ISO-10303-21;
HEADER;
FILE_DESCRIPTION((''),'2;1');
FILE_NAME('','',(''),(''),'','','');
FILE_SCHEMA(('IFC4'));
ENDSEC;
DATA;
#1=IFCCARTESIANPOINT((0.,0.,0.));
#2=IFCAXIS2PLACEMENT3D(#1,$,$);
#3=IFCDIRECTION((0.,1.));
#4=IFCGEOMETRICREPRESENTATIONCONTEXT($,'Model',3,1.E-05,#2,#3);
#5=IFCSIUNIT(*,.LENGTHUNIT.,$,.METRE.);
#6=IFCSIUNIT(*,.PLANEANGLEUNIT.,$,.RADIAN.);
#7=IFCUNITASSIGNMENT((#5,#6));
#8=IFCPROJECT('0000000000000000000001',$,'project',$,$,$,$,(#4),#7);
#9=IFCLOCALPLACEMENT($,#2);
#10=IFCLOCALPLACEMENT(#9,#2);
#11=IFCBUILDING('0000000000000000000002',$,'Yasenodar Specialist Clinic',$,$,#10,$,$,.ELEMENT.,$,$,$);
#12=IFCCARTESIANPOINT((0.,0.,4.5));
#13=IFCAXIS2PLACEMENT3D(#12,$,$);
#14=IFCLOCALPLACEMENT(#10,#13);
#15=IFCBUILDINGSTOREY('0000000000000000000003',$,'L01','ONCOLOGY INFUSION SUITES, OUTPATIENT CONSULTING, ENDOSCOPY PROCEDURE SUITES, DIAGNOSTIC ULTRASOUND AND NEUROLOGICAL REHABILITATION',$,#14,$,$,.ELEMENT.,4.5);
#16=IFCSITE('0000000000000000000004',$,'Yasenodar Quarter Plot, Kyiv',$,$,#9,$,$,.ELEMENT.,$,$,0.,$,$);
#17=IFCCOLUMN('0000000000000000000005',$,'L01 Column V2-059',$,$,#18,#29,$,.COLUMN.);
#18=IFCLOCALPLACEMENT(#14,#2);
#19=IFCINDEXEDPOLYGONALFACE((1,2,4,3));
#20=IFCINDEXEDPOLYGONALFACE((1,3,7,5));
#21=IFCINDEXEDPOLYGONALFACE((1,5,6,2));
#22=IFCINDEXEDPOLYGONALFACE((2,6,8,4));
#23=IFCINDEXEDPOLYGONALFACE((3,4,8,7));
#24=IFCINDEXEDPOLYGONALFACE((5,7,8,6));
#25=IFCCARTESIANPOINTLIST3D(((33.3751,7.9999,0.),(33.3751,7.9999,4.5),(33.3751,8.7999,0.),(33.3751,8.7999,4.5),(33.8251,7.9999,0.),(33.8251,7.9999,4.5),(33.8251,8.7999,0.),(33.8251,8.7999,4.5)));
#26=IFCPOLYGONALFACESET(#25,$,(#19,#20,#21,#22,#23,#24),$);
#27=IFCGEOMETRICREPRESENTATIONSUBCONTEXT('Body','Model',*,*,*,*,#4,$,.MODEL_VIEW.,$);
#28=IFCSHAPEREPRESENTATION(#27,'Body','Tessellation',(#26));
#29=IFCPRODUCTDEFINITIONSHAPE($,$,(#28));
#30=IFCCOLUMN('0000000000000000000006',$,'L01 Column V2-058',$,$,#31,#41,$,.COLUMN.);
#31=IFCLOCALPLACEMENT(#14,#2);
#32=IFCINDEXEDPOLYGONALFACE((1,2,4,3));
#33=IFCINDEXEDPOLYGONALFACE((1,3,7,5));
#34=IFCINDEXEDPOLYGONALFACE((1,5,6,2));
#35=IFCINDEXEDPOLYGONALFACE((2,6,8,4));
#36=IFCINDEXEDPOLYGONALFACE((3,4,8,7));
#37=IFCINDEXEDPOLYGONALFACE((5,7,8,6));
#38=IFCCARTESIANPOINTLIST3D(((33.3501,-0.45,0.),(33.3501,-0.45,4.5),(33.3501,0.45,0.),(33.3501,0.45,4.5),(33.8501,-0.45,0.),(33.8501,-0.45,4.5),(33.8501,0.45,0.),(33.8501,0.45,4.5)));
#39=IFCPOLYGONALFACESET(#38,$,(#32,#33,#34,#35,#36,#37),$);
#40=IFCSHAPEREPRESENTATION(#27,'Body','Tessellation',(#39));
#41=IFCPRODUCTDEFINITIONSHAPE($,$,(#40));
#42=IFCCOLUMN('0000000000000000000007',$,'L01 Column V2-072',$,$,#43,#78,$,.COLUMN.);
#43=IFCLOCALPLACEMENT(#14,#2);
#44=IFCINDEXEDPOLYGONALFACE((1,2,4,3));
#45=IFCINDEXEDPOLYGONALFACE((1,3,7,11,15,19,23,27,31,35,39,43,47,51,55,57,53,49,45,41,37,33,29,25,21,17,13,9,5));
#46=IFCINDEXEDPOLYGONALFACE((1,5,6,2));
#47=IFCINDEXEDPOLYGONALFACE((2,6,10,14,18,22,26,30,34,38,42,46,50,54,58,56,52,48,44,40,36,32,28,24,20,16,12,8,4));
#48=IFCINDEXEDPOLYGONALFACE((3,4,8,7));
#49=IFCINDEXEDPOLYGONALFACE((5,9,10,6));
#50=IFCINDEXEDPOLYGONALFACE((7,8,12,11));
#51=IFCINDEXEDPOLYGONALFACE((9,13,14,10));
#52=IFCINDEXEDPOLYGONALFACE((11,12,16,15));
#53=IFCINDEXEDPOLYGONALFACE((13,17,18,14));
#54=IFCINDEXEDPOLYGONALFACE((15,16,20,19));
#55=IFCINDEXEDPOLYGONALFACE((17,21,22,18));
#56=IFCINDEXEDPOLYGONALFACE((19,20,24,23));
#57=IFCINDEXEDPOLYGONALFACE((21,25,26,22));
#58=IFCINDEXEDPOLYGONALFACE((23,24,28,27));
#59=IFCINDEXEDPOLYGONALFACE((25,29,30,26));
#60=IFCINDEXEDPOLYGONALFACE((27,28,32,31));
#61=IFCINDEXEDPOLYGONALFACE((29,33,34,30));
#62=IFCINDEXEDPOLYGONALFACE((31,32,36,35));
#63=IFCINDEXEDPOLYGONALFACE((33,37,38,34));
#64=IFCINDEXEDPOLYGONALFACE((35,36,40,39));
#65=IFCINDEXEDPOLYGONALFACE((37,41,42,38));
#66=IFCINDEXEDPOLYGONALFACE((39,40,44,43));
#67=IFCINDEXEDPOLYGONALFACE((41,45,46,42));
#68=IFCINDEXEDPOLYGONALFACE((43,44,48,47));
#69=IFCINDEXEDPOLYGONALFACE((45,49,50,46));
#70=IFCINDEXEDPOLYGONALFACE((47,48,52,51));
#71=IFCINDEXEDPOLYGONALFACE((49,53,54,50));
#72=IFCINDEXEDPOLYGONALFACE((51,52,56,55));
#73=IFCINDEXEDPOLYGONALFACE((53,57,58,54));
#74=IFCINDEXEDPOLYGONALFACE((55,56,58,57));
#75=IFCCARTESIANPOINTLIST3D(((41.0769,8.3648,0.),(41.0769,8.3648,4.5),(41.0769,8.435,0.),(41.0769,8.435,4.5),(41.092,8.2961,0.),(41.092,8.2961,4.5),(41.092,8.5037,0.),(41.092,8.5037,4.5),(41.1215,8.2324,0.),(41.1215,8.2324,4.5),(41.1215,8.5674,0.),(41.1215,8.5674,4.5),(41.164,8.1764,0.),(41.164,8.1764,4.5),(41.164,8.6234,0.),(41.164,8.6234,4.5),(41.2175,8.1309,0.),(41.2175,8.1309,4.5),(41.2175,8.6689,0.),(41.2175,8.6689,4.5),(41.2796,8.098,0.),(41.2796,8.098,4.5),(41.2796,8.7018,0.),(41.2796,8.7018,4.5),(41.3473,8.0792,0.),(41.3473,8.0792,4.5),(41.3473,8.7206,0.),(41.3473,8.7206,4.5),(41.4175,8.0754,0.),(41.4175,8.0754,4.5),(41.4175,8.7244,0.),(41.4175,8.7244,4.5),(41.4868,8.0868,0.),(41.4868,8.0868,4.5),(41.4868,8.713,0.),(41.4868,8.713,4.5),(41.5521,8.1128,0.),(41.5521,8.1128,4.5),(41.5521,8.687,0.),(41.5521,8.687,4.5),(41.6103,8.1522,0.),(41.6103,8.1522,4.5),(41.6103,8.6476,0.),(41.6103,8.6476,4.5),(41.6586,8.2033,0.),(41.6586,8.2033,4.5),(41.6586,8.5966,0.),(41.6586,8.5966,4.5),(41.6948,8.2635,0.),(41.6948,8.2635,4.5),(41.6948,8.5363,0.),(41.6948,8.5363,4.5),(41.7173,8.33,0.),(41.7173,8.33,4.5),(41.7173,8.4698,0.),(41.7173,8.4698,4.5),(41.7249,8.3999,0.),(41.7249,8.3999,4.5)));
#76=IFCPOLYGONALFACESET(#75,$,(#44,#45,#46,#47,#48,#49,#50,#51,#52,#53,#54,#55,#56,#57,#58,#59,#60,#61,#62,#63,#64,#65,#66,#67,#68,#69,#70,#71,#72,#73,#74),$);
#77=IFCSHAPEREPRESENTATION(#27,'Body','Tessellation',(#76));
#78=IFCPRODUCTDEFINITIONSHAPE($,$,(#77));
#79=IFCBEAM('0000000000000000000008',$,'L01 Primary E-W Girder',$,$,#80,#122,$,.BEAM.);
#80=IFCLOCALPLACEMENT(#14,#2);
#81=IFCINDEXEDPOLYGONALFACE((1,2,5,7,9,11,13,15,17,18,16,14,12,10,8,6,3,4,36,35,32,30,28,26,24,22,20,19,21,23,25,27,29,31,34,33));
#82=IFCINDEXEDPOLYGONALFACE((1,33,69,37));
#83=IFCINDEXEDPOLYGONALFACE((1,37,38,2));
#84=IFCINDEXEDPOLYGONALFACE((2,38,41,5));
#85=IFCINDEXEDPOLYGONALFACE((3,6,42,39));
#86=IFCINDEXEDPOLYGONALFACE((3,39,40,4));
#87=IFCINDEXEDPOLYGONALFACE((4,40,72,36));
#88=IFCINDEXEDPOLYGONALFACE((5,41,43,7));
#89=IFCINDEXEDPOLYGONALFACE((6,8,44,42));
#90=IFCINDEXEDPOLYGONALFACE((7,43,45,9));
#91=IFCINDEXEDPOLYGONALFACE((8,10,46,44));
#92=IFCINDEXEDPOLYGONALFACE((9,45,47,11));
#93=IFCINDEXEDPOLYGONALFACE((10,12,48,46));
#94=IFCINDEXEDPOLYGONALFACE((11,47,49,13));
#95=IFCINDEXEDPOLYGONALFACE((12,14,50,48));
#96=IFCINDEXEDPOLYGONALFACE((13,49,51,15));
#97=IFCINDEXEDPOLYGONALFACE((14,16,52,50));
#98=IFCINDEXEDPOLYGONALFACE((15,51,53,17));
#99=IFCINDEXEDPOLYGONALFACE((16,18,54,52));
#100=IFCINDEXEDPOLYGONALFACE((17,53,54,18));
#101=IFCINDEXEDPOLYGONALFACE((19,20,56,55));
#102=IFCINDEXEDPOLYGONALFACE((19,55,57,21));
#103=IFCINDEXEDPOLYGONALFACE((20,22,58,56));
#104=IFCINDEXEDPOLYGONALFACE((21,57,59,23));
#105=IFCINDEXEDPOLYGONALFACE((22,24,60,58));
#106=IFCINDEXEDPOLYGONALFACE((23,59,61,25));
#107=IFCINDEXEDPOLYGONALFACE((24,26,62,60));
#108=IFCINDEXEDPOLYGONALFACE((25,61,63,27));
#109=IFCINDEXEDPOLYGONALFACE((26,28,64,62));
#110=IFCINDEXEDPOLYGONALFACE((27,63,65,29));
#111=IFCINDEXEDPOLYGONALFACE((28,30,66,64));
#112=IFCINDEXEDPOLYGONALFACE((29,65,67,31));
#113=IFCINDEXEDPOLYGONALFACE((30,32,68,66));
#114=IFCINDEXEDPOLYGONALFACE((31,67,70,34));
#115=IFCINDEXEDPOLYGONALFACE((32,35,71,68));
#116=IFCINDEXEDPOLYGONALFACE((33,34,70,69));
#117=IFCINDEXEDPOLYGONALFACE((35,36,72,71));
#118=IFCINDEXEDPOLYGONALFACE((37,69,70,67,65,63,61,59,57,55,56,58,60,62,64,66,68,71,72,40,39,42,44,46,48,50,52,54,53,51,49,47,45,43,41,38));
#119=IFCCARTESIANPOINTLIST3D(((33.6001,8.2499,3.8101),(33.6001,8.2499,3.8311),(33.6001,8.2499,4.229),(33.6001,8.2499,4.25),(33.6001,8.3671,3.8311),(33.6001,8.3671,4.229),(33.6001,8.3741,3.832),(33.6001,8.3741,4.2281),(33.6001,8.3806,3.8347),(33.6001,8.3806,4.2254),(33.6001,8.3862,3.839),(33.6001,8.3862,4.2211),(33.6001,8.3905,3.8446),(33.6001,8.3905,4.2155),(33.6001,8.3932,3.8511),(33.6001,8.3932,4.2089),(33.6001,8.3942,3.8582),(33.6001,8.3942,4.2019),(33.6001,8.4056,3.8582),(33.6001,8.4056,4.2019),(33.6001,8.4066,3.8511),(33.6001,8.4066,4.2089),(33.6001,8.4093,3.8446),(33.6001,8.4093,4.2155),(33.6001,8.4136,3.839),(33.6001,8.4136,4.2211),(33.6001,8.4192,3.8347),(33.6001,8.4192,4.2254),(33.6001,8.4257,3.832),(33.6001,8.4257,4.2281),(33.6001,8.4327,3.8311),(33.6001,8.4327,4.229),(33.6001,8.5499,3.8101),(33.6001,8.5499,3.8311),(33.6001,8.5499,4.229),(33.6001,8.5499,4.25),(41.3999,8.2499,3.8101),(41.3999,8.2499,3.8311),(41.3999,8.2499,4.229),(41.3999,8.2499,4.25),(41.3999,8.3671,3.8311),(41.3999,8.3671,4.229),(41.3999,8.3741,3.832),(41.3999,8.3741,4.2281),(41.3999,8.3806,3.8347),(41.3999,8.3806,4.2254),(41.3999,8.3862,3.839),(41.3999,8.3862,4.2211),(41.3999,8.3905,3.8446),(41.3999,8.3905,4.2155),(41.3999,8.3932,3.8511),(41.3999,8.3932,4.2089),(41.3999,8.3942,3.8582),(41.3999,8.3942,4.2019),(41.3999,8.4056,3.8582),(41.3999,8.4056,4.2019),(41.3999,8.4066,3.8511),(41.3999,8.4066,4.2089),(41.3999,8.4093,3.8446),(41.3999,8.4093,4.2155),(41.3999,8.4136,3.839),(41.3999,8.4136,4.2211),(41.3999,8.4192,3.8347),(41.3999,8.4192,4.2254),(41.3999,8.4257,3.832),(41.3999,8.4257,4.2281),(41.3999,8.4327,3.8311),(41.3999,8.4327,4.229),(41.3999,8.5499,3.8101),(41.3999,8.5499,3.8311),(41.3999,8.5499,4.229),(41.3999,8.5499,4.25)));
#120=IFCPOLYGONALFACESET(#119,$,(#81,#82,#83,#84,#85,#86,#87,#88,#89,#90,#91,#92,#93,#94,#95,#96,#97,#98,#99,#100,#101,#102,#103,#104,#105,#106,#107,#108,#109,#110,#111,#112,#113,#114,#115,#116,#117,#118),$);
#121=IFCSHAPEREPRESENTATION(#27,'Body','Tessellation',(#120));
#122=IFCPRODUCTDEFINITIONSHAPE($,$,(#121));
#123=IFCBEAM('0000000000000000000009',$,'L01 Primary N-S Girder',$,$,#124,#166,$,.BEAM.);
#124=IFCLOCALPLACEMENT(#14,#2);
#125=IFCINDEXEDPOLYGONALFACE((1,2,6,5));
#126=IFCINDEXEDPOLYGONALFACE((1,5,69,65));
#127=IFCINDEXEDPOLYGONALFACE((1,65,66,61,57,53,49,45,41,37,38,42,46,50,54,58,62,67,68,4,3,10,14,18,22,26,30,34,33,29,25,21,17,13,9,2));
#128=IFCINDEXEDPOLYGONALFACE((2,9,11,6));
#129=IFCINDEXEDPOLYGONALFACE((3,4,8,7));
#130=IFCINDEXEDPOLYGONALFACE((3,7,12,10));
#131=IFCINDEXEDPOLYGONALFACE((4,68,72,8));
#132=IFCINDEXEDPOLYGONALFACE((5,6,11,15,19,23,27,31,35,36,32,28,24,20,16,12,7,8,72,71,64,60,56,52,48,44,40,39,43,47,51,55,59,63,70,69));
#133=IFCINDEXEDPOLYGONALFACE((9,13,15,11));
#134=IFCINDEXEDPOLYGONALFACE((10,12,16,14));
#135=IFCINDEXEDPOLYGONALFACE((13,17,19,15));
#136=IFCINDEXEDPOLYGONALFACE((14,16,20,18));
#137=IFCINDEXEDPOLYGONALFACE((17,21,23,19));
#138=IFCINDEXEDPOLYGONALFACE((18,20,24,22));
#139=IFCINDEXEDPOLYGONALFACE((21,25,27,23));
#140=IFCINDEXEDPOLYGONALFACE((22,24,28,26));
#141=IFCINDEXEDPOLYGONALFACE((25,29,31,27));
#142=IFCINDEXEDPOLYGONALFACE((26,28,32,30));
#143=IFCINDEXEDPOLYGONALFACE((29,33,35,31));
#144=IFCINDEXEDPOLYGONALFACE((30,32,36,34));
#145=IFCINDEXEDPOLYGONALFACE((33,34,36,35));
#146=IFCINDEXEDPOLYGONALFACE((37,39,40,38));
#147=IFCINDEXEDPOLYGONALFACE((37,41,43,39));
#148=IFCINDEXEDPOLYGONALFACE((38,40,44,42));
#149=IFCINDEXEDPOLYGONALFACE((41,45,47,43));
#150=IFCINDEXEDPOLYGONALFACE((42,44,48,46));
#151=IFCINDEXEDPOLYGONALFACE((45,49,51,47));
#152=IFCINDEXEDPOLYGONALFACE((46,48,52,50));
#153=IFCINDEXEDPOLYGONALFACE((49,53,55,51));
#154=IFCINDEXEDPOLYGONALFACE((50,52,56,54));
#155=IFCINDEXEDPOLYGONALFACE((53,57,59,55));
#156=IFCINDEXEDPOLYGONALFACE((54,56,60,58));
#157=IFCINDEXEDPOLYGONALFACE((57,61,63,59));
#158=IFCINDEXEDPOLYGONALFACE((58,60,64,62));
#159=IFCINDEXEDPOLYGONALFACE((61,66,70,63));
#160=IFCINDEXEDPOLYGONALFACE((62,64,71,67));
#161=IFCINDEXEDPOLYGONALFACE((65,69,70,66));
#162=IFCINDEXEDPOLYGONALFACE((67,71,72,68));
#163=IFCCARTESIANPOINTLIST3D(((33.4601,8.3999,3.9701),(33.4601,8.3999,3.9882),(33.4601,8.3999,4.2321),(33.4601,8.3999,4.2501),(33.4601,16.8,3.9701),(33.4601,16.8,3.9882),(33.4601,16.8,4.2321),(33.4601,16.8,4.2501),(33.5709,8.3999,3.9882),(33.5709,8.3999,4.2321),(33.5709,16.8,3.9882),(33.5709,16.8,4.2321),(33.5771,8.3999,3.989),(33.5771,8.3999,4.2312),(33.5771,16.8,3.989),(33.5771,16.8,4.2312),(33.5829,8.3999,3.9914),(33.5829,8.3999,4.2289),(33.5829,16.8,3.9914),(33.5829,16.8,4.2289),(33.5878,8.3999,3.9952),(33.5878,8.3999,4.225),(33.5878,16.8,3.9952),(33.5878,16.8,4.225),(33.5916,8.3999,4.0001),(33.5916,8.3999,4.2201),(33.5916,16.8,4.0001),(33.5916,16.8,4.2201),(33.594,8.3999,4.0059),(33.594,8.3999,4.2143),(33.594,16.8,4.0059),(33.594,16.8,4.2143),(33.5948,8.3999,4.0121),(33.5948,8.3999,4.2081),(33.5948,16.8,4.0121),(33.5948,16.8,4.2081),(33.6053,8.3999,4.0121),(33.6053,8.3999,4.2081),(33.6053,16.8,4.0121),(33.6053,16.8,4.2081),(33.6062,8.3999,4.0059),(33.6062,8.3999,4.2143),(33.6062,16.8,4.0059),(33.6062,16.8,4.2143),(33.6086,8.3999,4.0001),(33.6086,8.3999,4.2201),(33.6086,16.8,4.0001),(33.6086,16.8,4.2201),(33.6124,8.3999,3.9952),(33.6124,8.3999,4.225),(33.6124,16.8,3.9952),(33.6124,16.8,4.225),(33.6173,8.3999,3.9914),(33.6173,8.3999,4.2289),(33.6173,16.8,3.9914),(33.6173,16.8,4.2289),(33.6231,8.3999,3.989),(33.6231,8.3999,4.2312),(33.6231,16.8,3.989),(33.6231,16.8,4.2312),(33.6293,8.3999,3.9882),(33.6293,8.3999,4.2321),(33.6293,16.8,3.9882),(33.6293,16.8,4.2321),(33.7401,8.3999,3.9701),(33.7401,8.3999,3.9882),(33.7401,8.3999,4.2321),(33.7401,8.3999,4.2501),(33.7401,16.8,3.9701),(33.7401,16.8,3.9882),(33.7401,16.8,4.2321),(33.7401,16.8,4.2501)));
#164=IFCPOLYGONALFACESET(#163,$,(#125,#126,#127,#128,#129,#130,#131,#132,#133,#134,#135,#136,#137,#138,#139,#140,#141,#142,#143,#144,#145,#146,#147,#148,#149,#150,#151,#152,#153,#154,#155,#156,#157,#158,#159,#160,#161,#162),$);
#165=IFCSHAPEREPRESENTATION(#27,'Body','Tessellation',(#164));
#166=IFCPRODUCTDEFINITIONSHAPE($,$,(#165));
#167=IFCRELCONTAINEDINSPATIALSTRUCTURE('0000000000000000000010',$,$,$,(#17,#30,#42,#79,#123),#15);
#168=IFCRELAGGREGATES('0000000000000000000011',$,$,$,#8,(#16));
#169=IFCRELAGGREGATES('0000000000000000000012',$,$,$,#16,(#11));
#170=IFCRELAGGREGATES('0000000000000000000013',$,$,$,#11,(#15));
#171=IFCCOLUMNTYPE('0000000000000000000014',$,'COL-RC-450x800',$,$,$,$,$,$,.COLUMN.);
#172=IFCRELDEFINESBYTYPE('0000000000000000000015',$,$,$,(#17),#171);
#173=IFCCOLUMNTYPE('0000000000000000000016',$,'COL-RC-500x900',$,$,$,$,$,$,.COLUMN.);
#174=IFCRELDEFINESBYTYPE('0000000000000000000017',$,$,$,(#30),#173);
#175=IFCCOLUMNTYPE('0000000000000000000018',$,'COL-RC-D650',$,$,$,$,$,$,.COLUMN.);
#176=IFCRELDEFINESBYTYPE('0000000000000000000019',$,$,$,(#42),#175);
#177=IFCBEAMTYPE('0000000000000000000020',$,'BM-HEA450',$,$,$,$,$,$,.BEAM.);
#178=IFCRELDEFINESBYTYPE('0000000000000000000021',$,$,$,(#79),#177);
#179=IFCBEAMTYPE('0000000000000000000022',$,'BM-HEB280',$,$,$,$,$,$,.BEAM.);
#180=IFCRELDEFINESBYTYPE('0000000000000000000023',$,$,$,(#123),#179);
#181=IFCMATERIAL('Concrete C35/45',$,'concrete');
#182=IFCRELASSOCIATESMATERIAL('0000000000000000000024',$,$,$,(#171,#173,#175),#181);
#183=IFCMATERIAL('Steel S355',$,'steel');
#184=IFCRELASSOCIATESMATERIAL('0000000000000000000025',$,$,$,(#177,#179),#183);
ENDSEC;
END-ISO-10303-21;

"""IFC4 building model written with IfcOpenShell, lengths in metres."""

from ifc_helpers import new_model, si_unit, direction, frame, origin, origin_2d, place, context, subcontext, project, spatial, rectangle, circle, i_section, extrude, material, material_profile, profile_set, type_object, element, save


model = new_model("IFC4")

# Units and contexts
model_context = context("Model", 3, precision=1e-05, world=origin(), true_north=direction((0.0, 1.0)))
body_context = subcontext(model_context, "Body", "Model", "MODEL_VIEW")
ifc_project = project(units=[si_unit("LENGTHUNIT", "METRE"), si_unit("PLANEANGLEUNIT", "RADIAN")], contexts=[model_context])

# Site, building, storey
site_placement = place(None, origin())
site = spatial("IfcSite", under=ifc_project, at=site_placement, Name="Yasenodar Quarter Plot, Kyiv", CompositionType="ELEMENT", RefElevation=0.0)
building_placement = place(site_placement, origin())
building = spatial("IfcBuilding", under=site, at=building_placement, Name="Yasenodar Specialist Clinic", CompositionType="ELEMENT")
storey_placement = place(building_placement, frame((0.0, 0.0, 4.5)))
storey = spatial("IfcBuildingStorey", under=building, at=storey_placement, Name="L01", Description="ONCOLOGY INFUSION SUITES, OUTPATIENT CONSULTING, ENDOSCOPY PROCEDURE SUITES, DIAGNOSTIC ULTRASOUND AND NEUROLOGICAL REHABILITATION", CompositionType="ELEMENT", Elevation=4.5)

# Columns
ifc_material_1 = material(Name="Concrete C35/45", Category="concrete")
ifc_material_profile_1 = material_profile(ifc_material_1, rectangle(XDim=0.45, YDim=0.8, at=origin_2d()), Name="RC 450x800")
ifc_profile_set_1 = profile_set([ifc_material_profile_1], Name="Concrete C35/45")
column_type_1 = type_object("IfcColumnType", Name="COL-RC-450x800", PredefinedType="COLUMN", material=ifc_profile_set_1)
column_1_placement = place(storey_placement, frame((33.6001, 8.3999, 0.0), z_axis=(0.0, 0.0, 1.0), x_axis=(1.0, 0.0, 0.0)))
element("IfcColumn", 1, at=column_1_placement, inside=storey, type_object=column_type_1, Name="L01 Column V2-059", PredefinedType="COLUMN", context=body_context, shape_type="SweptSolid", body=[
    extrude(rectangle(XDim=0.45, YDim=0.8, at=origin_2d()), origin(), (0.0, 0.0, 1.0), 4.5),
])
ifc_material_profile_2 = material_profile(ifc_material_1, rectangle(XDim=0.5, YDim=0.8999, at=origin_2d()), Name="RC 500x900")
ifc_profile_set_2 = profile_set([ifc_material_profile_2], Name="Concrete C35/45")
column_type_2 = type_object("IfcColumnType", Name="COL-RC-500x900", PredefinedType="COLUMN", material=ifc_profile_set_2)
column_2_placement = place(storey_placement, frame((33.6001, 0.0, 0.0), z_axis=(0.0, 0.0, 1.0), x_axis=(1.0, 0.0, 0.0)))
element("IfcColumn", 2, at=column_2_placement, inside=storey, type_object=column_type_2, Name="L01 Column V2-058", PredefinedType="COLUMN", context=body_context, shape_type="SweptSolid", body=[
    extrude(rectangle(XDim=0.5, YDim=0.8999, at=origin_2d()), origin(), (0.0, 0.0, 1.0), 4.5),
])
ifc_material_profile_3 = material_profile(ifc_material_1, circle(Radius=0.325, at=origin_2d()), Name="RC D650")
ifc_profile_set_3 = profile_set([ifc_material_profile_3], Name="Concrete C35/45")
column_type_3 = type_object("IfcColumnType", Name="COL-RC-D650", PredefinedType="COLUMN", material=ifc_profile_set_3)
column_3_placement = place(storey_placement, frame((41.3999, 8.3999, 0.0), z_axis=(0.0, 0.0, 1.0), x_axis=(1.0, 0.0, 0.0)))
element("IfcColumn", 3, at=column_3_placement, inside=storey, type_object=column_type_3, Name="L01 Column V2-072", PredefinedType="COLUMN", context=body_context, shape_type="SweptSolid", body=[
    extrude(circle(Radius=0.325, at=origin_2d()), origin(), (0.0, 0.0, 1.0), 4.5),
])

# Beams
ifc_material_2 = material(Name="Steel S355", Category="steel")
ifc_material_profile_4 = material_profile(ifc_material_2, i_section(OverallWidth=0.3, OverallDepth=0.4399, WebThickness=0.0115, FlangeThickness=0.021, FilletRadius=0.0271, at=origin_2d()), Name="HEA 450")
ifc_profile_set_4 = profile_set([ifc_material_profile_4], Name="Steel S355")
beam_type_1 = type_object("IfcBeamType", Name="BM-HEA450", PredefinedType="BEAM", material=ifc_profile_set_4)
beam_1_placement = place(storey_placement, frame((33.6001, 8.3999, 4.03), z_axis=(1.0, 0.0, 0.0), x_axis=(0.0, 1.0, 0.0)))
element("IfcBeam", 4, at=beam_1_placement, inside=storey, type_object=beam_type_1, Name="L01 Primary E-W Girder", PredefinedType="BEAM", context=body_context, shape_type="SweptSolid", body=[
    extrude(i_section(OverallWidth=0.3, OverallDepth=0.4399, WebThickness=0.0115, FlangeThickness=0.021, FilletRadius=0.0271, at=origin_2d()), origin(), (0.0, 0.0, 1.0), 7.7998),
])
ifc_material_profile_5 = material_profile(ifc_material_2, i_section(OverallWidth=0.28, OverallDepth=0.28, WebThickness=0.0105, FlangeThickness=0.0181, FilletRadius=0.0239, at=origin_2d()), Name="HEB 280")
ifc_profile_set_5 = profile_set([ifc_material_profile_5], Name="Steel S355")
beam_type_2 = type_object("IfcBeamType", Name="BM-HEB280", PredefinedType="BEAM", material=ifc_profile_set_5)
beam_2_placement = place(storey_placement, frame((33.6001, 8.3999, 4.1101), z_axis=(0.0, 1.0, 0.0), x_axis=(-1.0, 0.0, 0.0)))
element("IfcBeam", 5, at=beam_2_placement, inside=storey, type_object=beam_type_2, Name="L01 Primary N-S Girder", PredefinedType="BEAM", context=body_context, shape_type="SweptSolid", body=[
    extrude(i_section(OverallWidth=0.28, OverallDepth=0.28, WebThickness=0.0105, FlangeThickness=0.0181, FilletRadius=0.0239, at=origin_2d()), origin(), (0.0, 0.0, 1.0), 8.4001),
])

save(model, "model.ifc")
